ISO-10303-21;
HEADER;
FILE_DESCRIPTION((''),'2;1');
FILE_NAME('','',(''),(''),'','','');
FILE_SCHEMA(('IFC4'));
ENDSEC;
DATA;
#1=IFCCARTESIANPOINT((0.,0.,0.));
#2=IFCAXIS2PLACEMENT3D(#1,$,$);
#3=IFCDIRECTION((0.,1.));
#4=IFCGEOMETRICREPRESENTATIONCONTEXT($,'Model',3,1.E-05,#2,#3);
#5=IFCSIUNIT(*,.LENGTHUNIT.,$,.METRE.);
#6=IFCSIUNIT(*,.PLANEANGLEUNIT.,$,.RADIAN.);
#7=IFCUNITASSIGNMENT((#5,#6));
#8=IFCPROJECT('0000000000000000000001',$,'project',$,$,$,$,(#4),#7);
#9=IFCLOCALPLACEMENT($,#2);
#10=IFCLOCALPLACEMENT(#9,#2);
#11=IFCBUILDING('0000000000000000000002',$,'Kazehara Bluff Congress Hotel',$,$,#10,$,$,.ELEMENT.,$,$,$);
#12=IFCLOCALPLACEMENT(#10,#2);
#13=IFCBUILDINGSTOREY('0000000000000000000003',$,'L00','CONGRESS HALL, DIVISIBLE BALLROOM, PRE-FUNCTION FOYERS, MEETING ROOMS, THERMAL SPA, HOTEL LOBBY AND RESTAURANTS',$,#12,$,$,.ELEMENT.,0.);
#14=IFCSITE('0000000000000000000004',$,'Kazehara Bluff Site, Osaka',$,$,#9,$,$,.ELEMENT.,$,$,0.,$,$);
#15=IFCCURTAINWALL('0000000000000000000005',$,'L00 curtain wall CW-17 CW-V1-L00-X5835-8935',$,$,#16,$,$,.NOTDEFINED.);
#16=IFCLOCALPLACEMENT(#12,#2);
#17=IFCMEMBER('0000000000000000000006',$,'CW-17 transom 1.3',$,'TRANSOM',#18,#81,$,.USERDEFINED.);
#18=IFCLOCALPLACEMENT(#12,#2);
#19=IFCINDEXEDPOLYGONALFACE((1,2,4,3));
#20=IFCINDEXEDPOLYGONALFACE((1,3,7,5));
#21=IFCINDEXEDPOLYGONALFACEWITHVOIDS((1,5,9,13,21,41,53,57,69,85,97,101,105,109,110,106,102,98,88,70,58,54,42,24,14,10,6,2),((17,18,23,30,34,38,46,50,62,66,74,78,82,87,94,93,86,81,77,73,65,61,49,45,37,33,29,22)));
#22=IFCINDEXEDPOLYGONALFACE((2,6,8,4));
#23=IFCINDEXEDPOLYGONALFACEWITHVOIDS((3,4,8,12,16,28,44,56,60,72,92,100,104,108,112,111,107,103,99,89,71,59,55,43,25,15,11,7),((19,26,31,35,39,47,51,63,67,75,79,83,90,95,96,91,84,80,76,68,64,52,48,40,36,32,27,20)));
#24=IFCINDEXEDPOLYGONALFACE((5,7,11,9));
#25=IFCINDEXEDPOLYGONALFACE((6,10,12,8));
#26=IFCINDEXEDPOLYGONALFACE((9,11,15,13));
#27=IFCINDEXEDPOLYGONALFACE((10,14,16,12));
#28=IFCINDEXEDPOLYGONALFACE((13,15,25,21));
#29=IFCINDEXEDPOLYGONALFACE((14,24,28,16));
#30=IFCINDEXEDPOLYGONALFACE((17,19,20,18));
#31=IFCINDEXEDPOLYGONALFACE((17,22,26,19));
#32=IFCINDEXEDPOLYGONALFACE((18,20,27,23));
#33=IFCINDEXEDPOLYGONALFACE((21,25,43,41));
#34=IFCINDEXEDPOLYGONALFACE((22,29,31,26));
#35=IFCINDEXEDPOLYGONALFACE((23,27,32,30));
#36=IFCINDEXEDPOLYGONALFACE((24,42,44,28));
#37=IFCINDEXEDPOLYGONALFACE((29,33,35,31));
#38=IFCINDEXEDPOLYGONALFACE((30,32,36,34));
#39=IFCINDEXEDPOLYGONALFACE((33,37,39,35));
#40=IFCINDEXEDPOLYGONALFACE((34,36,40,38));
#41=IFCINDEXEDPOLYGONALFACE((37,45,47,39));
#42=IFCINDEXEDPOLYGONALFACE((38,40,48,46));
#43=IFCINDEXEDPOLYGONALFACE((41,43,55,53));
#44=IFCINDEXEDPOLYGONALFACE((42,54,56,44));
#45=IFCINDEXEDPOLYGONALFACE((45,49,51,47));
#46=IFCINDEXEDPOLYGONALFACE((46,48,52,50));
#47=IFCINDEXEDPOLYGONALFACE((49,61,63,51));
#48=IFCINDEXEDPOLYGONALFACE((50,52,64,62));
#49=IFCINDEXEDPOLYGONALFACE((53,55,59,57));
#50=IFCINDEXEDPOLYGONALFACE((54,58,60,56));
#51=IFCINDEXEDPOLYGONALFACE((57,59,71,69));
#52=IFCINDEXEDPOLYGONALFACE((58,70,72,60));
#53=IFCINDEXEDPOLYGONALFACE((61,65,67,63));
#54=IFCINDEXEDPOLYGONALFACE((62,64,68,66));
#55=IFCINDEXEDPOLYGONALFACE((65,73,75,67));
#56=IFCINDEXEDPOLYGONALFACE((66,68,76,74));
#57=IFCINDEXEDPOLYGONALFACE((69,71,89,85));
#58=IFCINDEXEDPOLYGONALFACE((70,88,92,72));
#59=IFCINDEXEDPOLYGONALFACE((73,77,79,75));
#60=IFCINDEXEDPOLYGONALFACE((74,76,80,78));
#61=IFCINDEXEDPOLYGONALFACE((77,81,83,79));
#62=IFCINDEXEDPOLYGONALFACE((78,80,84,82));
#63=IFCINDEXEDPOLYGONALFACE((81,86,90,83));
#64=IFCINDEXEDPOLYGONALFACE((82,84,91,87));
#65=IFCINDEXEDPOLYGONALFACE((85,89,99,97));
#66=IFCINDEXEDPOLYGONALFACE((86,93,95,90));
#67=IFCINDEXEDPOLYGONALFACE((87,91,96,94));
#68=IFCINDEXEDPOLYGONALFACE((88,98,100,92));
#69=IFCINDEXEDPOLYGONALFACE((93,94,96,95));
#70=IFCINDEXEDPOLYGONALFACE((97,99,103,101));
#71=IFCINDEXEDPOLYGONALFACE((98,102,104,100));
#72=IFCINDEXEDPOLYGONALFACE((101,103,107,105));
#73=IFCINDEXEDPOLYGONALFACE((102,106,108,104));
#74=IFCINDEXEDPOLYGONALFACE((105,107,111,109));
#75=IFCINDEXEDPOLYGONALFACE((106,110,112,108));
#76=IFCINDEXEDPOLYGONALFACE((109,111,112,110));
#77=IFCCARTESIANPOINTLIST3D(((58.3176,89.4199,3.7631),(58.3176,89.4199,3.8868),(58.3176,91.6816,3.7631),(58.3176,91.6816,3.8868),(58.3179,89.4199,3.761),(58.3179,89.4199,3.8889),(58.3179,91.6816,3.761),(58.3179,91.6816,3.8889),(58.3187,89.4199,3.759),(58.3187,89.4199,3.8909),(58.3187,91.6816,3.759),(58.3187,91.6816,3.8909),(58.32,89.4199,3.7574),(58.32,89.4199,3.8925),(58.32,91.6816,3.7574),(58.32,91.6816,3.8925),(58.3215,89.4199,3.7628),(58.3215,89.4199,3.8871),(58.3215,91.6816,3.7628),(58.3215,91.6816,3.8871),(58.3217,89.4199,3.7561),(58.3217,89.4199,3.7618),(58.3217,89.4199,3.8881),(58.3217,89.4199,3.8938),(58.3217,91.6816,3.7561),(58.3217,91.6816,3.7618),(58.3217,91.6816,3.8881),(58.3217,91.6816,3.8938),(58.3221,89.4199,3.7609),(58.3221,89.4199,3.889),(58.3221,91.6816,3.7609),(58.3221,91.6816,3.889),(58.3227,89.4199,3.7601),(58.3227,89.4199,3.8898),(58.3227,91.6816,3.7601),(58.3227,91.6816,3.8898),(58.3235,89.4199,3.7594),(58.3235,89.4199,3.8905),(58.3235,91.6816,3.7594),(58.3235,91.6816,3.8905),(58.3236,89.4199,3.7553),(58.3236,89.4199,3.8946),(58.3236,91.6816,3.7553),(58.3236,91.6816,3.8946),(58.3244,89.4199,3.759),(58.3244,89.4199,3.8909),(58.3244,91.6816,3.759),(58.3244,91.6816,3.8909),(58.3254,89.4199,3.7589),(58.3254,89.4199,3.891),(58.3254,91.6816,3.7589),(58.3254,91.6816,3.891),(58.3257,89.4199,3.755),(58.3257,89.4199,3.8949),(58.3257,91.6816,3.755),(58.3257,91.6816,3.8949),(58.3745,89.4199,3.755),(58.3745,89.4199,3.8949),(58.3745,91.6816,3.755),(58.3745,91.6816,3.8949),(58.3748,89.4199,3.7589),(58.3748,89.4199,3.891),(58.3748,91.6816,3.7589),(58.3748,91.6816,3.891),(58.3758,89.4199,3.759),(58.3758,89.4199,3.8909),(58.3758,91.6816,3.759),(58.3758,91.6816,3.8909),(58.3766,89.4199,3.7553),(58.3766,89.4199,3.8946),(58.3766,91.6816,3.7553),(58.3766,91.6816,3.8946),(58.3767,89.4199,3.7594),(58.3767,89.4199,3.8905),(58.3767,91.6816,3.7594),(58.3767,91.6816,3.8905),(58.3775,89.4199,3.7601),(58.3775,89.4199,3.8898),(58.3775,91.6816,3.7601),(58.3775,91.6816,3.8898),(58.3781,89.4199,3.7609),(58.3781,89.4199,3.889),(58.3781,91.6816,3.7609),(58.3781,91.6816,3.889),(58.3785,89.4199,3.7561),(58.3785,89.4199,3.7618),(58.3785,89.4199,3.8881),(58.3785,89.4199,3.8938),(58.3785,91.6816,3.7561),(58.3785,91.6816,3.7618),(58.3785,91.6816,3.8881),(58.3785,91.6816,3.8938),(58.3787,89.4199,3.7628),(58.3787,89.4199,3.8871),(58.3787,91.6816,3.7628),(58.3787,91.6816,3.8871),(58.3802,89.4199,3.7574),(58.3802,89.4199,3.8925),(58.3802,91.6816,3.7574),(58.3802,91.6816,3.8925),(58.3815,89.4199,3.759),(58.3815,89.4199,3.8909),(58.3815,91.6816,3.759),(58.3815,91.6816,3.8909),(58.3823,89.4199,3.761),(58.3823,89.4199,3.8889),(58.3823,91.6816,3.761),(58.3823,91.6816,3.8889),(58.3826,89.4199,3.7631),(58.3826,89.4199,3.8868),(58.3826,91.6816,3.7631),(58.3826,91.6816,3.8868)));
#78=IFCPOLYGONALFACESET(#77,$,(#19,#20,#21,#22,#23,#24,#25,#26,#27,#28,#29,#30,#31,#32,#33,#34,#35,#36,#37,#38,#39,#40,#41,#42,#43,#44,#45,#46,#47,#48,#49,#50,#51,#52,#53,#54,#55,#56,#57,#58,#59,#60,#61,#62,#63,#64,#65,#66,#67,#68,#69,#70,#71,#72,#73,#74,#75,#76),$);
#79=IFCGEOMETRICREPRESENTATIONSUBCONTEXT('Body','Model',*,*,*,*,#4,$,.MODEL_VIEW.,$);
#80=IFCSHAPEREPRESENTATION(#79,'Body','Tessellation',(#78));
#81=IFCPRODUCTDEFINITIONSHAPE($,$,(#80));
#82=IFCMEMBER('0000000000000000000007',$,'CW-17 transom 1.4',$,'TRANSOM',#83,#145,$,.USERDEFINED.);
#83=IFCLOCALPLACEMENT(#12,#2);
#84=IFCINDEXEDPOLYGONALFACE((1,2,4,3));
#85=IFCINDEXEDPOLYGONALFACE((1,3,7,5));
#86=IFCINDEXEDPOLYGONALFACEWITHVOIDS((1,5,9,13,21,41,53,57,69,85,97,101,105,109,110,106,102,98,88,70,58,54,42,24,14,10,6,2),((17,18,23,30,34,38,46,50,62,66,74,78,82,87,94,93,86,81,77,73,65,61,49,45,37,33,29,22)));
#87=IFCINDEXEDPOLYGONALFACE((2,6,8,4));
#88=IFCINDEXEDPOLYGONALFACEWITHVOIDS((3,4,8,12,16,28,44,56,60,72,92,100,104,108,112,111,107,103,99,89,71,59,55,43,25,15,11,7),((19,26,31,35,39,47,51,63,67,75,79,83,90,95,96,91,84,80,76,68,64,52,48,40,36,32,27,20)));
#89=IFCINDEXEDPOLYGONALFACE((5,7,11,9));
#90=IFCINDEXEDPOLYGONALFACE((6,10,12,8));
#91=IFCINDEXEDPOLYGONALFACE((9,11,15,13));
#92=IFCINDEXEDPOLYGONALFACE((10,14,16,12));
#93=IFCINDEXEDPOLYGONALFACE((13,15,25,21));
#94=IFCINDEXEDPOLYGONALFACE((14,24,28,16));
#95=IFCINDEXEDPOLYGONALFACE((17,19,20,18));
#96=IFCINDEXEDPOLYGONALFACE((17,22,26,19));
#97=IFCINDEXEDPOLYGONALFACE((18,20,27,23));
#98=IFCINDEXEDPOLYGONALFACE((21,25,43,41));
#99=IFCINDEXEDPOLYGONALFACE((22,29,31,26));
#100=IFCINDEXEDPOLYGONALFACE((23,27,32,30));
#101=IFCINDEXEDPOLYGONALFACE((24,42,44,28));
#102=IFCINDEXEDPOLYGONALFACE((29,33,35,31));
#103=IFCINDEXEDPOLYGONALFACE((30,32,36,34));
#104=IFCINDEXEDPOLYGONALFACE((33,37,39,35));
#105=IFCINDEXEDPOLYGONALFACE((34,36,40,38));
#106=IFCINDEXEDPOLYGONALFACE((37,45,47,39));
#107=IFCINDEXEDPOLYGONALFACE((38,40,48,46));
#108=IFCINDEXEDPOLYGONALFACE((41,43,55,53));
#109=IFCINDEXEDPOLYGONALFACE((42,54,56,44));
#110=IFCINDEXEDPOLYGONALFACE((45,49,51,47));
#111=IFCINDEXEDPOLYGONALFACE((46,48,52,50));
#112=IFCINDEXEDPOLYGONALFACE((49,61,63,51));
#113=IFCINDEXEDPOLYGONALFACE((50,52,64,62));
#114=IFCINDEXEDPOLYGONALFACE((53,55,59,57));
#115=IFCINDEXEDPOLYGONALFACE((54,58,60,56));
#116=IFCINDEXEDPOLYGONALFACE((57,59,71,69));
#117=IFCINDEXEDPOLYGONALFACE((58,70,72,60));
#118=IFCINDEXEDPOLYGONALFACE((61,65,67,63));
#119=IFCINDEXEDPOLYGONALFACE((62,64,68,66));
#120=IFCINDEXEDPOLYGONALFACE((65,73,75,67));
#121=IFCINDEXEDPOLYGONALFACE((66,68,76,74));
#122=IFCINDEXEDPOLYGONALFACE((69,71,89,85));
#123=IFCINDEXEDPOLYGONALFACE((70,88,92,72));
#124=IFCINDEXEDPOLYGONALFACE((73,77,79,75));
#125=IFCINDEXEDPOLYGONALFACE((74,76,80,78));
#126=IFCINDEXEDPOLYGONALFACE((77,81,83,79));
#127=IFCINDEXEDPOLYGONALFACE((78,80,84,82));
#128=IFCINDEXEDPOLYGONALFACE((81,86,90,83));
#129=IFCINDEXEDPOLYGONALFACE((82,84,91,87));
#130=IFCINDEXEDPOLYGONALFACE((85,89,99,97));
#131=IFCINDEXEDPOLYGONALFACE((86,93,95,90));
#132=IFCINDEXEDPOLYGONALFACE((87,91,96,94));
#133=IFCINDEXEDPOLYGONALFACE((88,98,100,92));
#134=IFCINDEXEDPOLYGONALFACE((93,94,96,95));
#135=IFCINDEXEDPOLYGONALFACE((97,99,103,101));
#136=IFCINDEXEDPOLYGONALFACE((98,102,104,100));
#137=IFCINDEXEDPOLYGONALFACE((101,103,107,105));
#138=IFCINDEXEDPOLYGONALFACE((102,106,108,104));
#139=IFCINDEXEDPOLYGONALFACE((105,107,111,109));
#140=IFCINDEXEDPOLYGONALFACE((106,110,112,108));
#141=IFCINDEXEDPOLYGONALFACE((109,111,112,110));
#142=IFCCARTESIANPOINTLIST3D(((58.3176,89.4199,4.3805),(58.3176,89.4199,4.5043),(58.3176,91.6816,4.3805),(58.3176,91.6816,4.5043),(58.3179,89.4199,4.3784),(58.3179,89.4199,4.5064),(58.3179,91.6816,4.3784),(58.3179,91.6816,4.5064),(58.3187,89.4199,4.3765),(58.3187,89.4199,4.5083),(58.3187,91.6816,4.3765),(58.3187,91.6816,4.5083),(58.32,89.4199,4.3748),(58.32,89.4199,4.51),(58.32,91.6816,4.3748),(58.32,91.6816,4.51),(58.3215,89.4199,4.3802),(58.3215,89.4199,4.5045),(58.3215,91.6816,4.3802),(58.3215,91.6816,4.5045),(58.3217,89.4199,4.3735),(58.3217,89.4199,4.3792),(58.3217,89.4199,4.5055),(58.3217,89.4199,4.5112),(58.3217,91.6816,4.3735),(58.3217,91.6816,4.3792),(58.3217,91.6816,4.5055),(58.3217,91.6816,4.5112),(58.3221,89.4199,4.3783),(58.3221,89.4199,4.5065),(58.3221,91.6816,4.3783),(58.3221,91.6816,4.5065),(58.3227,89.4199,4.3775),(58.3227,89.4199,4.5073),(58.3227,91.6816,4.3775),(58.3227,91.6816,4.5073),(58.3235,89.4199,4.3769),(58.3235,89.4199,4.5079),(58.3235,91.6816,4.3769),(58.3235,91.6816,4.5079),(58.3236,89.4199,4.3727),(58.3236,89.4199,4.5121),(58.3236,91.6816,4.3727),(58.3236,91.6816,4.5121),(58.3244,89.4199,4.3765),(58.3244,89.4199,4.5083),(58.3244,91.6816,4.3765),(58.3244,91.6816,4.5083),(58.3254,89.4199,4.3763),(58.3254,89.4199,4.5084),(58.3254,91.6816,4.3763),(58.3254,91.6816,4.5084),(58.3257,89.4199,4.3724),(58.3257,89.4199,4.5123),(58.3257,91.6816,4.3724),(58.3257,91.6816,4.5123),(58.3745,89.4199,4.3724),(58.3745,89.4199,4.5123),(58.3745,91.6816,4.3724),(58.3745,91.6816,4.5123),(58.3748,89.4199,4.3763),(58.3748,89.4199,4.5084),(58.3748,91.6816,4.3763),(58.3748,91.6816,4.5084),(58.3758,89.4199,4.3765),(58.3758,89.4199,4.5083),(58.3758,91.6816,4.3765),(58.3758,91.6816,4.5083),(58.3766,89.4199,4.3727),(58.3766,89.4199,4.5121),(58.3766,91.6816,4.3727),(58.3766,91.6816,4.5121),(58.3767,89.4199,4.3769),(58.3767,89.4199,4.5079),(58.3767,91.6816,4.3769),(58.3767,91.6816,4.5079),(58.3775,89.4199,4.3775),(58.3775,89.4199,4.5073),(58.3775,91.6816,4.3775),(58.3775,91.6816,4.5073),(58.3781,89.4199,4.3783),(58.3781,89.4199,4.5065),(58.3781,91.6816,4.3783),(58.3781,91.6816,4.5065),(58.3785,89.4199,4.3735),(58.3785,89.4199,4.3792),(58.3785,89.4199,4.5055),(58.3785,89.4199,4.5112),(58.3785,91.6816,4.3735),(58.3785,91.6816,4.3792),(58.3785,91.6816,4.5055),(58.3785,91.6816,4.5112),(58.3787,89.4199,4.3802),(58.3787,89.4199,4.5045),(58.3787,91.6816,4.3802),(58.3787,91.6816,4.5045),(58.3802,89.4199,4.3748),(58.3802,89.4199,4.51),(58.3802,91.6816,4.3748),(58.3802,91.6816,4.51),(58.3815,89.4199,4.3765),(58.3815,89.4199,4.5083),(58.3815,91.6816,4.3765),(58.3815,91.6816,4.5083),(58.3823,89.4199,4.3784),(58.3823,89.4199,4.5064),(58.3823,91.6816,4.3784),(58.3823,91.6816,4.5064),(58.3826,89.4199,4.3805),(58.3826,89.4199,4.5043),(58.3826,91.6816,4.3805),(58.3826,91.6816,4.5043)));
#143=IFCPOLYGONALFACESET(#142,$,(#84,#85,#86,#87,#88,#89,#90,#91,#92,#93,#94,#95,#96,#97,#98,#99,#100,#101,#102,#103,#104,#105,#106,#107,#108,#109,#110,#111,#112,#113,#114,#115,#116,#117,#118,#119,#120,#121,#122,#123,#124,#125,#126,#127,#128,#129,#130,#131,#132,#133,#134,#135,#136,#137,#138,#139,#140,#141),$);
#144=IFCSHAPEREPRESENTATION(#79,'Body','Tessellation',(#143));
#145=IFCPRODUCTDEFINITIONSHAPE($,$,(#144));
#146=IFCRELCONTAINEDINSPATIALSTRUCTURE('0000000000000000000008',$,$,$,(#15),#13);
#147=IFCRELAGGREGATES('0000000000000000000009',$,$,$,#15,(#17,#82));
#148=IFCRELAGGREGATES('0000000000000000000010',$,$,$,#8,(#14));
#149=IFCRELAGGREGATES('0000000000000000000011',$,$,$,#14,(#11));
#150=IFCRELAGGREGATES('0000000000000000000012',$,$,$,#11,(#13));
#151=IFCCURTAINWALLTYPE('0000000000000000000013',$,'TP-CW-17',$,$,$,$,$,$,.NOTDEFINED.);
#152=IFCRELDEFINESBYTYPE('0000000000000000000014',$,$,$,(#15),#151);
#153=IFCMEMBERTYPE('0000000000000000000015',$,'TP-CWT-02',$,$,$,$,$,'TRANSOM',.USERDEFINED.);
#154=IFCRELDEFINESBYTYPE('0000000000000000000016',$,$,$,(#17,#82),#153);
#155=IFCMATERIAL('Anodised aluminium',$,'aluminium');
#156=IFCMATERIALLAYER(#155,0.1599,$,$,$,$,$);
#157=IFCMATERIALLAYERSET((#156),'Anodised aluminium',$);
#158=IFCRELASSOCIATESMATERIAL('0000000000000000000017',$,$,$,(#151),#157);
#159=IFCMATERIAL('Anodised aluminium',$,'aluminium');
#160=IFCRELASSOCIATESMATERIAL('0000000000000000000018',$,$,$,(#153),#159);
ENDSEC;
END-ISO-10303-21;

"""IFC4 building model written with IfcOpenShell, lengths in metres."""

from ifc_helpers import new_model, si_unit, direction, frame, origin, origin_2d, place, context, subcontext, project, spatial, hollow_rectangle, extrude, material, layer, layer_set, material_profile, profile_set, type_object, element, aggregate, save


model = new_model("IFC4")

# Units and contexts
model_context = context("Model", 3, precision=1e-05, world=origin(), true_north=direction((0.0, 1.0)))
body_context = subcontext(model_context, "Body", "Model", "MODEL_VIEW")
ifc_project = project(units=[si_unit("LENGTHUNIT", "METRE"), si_unit("PLANEANGLEUNIT", "RADIAN")], contexts=[model_context])

# Site, building, storey
site_placement = place(None, origin())
site = spatial("IfcSite", under=ifc_project, at=site_placement, Name="Kazehara Bluff Site, Osaka", CompositionType="ELEMENT", RefElevation=0.0)
building_placement = place(site_placement, origin())
building = spatial("IfcBuilding", under=site, at=building_placement, Name="Kazehara Bluff Congress Hotel", CompositionType="ELEMENT")
storey_placement = place(building_placement, origin())
storey = spatial("IfcBuildingStorey", under=building, at=storey_placement, Name="L00", Description="CONGRESS HALL, DIVISIBLE BALLROOM, PRE-FUNCTION FOYERS, MEETING ROOMS, THERMAL SPA, HOTEL LOBBY AND RESTAURANTS", CompositionType="ELEMENT", Elevation=0.0)

# Shared definitions
ifc_material_1 = material(Name="Anodised aluminium", Category="aluminium")
ifc_layer_1 = layer(ifc_material_1, 0.1599)
ifc_layer_set_1 = layer_set([ifc_layer_1], Name="Anodised aluminium")
curtain_wall_type = type_object("IfcCurtainWallType", Name="TP-CW-17", PredefinedType="NOTDEFINED", material=ifc_layer_set_1)

# Curtain wall, members
curtain_wall_1_placement = place(storey_placement, origin())
curtain_wall_1 = element("IfcCurtainWall", 1, at=curtain_wall_1_placement, inside=storey, type_object=curtain_wall_type, Name="L00 curtain wall CW-17 CW-V1-L00-X5835-8935", PredefinedType="NOTDEFINED")
ifc_material_2 = material(Name="Anodised aluminium", Category="aluminium")
ifc_material_profile_1 = material_profile(ifc_material_2, hollow_rectangle(XDim=0.0649, YDim=0.1399, WallThickness=0.0039, InnerFilletRadius=0.0039, OuterFilletRadius=0.0081, at=origin_2d()))
ifc_profile_set_1 = profile_set([ifc_material_profile_1], Name="Anodised aluminium")
member_type_1 = type_object("IfcMemberType", Name="TP-CWT-02", ElementType="TRANSOM", PredefinedType="USERDEFINED", material=ifc_profile_set_1)
member_1_placement = place(storey_placement, frame((58.3501, 89.4199, 3.825), z_axis=(0.0, 1.0, 0.0), x_axis=(-1.0, 0.0, 0.0)))
member_1 = element("IfcMember", 2, at=member_1_placement, type_object=member_type_1, Name="CW-17 transom 1.3", ObjectType="TRANSOM", PredefinedType="USERDEFINED", context=body_context, shape_type="SweptSolid", body=[
    extrude(hollow_rectangle(XDim=0.0649, YDim=0.1399, WallThickness=0.0039, InnerFilletRadius=0.0039, OuterFilletRadius=0.0081, at=origin_2d()), origin(), (0.0, 0.0, 1.0), 2.2617),
])
member_2_placement = place(storey_placement, frame((58.3501, 89.4199, 4.4424), z_axis=(0.0, 1.0, 0.0), x_axis=(-1.0, 0.0, 0.0)))
member_2 = element("IfcMember", 3, at=member_2_placement, type_object=member_type_1, Name="CW-17 transom 1.4", ObjectType="TRANSOM", PredefinedType="USERDEFINED", context=body_context, shape_type="SweptSolid", body=[
    extrude(hollow_rectangle(XDim=0.0649, YDim=0.1399, WallThickness=0.0039, InnerFilletRadius=0.0039, OuterFilletRadius=0.0081, at=origin_2d()), origin(), (0.0, 0.0, 1.0), 2.2617),
])

aggregate(curtain_wall_1, [member_1, member_2])

save(model, "model.ifc")
